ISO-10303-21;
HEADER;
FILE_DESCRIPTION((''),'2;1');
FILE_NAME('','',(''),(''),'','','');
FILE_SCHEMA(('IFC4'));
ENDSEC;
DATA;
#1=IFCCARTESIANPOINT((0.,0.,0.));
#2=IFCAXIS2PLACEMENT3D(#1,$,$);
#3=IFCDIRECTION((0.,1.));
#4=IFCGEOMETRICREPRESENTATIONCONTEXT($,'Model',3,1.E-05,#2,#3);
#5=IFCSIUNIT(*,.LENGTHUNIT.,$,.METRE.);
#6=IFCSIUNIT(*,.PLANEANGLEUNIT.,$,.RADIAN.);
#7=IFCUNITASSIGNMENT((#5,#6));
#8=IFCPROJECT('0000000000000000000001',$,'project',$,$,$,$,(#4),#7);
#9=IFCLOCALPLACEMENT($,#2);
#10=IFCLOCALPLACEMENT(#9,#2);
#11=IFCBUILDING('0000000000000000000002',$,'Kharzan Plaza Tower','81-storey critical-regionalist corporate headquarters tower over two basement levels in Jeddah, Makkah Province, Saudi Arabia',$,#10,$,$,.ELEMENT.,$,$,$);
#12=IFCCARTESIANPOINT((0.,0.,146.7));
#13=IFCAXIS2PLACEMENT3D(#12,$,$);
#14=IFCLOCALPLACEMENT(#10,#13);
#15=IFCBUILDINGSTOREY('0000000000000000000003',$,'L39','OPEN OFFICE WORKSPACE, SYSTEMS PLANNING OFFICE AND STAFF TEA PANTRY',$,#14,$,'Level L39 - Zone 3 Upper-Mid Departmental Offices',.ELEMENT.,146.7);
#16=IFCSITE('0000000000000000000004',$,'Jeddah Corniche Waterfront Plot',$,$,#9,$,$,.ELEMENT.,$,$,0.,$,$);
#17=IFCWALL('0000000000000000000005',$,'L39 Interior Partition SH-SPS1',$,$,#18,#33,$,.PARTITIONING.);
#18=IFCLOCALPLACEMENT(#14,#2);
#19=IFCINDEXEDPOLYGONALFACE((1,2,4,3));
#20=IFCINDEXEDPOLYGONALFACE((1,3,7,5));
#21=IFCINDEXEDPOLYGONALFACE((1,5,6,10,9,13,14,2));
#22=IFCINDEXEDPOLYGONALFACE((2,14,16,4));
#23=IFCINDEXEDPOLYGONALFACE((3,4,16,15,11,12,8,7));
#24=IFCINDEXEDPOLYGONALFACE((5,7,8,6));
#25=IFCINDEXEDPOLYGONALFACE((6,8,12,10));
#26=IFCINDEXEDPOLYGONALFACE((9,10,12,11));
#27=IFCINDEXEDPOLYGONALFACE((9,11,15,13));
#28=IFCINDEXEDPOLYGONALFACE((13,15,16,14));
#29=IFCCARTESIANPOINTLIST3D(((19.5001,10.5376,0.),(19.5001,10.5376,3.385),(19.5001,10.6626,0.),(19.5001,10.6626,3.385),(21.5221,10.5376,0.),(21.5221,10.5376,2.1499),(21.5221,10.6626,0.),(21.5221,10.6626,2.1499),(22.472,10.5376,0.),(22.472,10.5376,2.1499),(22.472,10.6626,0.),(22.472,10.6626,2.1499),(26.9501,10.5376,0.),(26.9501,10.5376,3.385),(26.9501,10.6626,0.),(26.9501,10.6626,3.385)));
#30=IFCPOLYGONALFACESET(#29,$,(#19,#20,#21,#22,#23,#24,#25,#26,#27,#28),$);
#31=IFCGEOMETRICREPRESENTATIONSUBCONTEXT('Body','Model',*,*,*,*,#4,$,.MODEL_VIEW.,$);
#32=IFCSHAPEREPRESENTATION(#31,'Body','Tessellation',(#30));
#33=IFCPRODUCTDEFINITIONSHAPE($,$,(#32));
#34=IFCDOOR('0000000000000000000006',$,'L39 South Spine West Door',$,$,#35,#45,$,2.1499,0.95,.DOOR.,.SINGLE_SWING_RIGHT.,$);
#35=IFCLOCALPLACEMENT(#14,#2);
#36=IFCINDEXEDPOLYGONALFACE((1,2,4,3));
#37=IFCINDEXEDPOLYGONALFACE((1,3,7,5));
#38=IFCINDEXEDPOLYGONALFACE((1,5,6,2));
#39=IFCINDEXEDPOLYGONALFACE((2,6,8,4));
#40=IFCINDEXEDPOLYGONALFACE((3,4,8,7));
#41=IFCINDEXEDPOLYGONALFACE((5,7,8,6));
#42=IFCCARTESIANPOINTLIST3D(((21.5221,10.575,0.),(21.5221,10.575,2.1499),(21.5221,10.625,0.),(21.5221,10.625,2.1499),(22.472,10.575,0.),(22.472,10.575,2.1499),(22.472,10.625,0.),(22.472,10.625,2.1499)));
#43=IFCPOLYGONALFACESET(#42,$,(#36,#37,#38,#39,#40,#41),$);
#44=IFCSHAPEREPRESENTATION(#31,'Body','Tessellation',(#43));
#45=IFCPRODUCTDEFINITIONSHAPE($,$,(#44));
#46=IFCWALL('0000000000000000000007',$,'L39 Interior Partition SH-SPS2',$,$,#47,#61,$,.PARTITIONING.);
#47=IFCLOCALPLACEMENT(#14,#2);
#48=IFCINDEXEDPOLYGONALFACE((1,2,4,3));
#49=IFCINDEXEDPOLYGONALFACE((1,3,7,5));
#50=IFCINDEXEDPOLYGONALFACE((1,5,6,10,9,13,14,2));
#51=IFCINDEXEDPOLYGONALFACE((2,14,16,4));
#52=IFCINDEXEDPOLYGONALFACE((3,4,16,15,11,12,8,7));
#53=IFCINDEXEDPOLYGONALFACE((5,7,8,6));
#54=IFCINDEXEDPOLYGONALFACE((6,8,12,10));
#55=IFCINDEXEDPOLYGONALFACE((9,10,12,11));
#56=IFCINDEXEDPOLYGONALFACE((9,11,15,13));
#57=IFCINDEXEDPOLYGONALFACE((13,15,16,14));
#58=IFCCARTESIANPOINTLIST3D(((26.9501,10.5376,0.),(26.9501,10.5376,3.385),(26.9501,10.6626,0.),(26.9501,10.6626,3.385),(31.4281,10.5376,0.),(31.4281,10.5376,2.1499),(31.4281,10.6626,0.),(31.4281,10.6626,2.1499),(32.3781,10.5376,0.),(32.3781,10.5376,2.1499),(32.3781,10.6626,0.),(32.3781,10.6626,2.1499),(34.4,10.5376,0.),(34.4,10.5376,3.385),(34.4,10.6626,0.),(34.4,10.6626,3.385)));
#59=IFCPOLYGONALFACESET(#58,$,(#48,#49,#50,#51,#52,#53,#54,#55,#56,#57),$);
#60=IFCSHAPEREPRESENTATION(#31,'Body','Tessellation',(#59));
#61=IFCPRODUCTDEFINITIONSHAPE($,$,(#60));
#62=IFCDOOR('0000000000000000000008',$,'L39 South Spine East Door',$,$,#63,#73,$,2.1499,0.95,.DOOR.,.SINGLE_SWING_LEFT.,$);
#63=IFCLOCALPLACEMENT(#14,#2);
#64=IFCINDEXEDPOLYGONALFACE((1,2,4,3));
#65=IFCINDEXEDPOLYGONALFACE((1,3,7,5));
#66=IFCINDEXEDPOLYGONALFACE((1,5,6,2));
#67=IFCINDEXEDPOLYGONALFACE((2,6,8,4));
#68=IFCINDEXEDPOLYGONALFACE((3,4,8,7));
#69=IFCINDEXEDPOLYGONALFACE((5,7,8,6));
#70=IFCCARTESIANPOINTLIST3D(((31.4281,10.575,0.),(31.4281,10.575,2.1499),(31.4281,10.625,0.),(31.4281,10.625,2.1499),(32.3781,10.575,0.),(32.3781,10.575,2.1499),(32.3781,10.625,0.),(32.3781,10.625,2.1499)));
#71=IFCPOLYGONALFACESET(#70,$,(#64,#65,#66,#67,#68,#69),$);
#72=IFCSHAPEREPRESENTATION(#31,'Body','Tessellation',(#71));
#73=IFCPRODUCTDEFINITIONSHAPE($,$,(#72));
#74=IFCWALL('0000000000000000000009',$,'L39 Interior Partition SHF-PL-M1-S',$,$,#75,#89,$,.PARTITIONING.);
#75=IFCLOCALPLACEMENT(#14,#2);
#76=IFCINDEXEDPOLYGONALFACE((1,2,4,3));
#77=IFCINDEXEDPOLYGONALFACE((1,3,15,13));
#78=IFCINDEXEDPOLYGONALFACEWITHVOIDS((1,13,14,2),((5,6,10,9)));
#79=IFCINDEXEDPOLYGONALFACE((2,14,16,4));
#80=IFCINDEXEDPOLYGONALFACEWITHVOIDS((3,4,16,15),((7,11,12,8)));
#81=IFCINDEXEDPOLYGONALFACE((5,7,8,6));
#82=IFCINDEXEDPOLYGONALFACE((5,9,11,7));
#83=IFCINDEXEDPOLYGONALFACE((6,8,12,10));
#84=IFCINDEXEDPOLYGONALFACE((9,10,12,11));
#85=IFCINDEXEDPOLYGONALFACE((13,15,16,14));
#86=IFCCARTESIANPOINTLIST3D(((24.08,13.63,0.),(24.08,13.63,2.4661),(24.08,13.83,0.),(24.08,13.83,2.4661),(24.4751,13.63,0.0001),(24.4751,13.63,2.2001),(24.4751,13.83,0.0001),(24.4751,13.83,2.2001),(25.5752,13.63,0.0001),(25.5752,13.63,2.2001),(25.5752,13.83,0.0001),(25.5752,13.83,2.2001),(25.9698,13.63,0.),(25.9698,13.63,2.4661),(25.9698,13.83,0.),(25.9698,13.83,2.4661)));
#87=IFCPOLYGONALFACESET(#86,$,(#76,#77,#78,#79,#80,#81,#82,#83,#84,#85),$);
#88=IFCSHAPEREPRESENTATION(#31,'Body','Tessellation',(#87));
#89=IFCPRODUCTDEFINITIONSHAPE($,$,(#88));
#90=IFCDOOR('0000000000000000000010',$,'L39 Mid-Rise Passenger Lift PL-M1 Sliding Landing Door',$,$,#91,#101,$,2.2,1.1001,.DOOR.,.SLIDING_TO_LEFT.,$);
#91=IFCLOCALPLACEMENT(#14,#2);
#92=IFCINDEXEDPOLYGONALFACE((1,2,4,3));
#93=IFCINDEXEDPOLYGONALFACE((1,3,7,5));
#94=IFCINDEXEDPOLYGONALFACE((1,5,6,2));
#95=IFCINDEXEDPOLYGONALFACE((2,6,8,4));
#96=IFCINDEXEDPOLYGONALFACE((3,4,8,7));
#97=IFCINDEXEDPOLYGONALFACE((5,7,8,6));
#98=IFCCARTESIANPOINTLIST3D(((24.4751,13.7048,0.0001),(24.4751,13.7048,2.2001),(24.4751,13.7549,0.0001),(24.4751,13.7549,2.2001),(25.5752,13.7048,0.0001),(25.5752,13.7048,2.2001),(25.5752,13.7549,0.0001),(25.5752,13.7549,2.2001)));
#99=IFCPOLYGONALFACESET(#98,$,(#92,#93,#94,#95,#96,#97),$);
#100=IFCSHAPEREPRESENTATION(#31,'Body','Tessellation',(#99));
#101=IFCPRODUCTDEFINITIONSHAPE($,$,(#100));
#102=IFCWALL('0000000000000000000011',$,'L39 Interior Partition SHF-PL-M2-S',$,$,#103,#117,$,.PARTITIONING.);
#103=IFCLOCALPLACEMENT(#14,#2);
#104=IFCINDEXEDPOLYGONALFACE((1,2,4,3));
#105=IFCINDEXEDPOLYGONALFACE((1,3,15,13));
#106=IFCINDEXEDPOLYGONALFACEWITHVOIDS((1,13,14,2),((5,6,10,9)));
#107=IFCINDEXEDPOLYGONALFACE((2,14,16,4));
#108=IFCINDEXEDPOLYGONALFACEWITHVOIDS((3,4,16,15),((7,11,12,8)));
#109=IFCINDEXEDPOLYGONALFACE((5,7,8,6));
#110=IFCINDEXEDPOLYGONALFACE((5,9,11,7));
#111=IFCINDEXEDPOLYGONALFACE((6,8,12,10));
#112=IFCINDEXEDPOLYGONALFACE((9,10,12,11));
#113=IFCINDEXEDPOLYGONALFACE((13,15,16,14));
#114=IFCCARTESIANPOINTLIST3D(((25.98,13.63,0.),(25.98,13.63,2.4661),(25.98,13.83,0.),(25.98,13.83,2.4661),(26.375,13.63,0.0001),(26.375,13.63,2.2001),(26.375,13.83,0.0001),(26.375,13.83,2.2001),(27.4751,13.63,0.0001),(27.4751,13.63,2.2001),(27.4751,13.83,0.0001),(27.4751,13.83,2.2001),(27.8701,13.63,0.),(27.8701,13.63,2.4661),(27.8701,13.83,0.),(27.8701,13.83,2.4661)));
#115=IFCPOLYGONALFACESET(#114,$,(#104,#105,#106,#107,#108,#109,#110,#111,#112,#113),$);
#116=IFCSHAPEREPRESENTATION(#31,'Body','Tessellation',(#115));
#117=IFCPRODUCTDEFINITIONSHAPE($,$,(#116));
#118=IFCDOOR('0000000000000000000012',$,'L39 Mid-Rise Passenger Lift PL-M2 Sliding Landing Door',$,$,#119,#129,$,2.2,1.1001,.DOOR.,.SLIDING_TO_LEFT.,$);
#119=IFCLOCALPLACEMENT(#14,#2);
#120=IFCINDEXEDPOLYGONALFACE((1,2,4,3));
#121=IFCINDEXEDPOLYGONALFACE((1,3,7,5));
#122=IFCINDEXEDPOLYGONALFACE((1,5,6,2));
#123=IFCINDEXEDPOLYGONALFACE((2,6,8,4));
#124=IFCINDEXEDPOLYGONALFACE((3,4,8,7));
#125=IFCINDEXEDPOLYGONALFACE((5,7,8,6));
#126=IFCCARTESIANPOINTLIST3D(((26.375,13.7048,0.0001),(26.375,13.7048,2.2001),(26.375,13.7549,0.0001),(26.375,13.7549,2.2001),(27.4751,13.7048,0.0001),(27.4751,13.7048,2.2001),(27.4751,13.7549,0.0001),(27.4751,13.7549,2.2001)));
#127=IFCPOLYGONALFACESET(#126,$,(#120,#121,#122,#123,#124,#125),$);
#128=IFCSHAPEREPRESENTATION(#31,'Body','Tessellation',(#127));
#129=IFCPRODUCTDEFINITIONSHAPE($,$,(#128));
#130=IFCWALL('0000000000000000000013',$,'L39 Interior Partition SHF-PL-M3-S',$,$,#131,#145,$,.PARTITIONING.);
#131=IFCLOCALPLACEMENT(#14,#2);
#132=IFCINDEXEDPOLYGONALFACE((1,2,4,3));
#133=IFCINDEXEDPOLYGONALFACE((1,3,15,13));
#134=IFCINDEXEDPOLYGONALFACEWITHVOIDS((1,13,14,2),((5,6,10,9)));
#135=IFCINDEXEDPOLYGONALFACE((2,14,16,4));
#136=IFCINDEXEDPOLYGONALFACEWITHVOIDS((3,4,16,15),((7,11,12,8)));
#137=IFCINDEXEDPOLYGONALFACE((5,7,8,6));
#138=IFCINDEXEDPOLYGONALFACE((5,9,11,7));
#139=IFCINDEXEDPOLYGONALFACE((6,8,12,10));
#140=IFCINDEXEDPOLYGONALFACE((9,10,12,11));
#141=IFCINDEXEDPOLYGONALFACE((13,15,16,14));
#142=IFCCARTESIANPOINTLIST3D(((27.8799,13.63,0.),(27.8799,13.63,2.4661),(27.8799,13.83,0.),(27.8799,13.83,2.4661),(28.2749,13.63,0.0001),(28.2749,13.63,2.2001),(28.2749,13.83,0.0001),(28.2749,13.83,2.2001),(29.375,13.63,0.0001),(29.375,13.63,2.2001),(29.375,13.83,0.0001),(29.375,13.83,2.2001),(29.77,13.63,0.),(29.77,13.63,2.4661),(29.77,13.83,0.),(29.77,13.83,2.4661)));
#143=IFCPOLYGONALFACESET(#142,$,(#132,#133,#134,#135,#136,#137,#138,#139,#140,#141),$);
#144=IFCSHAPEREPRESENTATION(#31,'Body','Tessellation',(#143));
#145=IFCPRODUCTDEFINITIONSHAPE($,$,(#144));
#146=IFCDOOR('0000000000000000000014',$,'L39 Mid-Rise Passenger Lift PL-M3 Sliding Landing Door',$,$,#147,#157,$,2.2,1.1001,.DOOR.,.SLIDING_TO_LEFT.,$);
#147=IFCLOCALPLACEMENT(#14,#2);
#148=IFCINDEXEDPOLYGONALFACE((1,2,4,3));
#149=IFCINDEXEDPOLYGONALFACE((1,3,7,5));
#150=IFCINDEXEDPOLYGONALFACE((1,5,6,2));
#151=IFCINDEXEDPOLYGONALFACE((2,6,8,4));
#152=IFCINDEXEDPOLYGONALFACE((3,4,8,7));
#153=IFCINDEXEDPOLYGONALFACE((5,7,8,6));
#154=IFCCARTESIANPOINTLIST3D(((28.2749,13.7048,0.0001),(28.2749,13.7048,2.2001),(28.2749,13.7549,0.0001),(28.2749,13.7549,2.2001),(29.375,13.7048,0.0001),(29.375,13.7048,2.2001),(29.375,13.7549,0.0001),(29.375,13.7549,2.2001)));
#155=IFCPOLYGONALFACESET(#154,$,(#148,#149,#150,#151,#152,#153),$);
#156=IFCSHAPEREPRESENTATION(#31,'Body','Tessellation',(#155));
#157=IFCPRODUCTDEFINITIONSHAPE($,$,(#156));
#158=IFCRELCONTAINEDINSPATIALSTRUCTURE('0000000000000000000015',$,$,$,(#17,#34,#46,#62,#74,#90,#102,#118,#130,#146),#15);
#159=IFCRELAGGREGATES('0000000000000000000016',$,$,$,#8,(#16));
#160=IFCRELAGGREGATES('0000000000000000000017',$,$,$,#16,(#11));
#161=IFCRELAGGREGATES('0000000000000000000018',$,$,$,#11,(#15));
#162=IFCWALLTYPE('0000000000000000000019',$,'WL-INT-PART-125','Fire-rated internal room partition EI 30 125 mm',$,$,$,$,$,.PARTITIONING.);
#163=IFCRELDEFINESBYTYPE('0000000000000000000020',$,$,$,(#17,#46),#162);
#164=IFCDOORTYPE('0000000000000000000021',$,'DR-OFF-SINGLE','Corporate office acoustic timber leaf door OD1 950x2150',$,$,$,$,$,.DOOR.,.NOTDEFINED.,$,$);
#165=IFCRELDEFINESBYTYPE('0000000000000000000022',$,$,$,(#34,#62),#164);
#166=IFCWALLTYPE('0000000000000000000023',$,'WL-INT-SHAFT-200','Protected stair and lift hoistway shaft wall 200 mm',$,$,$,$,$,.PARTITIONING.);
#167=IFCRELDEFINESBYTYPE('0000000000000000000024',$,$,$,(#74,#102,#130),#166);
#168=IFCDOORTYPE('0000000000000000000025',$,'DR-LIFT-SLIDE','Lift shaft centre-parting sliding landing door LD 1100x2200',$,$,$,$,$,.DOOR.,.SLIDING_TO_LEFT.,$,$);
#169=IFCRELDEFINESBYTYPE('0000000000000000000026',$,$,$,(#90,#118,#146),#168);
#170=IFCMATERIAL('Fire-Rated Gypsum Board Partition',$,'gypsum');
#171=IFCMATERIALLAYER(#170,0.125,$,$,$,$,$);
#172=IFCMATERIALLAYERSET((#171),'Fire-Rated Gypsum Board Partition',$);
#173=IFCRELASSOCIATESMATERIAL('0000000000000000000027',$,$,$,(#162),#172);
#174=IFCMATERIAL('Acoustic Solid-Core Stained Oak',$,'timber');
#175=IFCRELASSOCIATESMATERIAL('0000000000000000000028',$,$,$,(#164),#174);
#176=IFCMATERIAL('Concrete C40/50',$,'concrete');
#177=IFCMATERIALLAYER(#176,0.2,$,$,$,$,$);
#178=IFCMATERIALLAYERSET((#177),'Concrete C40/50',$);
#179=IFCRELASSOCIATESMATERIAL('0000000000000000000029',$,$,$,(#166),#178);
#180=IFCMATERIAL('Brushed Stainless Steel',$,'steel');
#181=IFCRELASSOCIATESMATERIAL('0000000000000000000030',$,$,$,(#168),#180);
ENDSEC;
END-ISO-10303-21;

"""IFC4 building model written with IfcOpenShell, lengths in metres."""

from ifc_helpers import new_model, si_unit, direction, frame, frame_2d, origin, place, context, subcontext, project, spatial, rectangle, extrude, source, transform, mapped, material, layer, layer_set, type_object, element, fill, save


model = new_model("IFC4")

# Units and contexts
model_context = context("Model", 3, precision=1e-05, world=origin(), true_north=direction((0.0, 1.0)))
body_context = subcontext(model_context, "Body", "Model", "MODEL_VIEW")
ifc_project = project(units=[si_unit("LENGTHUNIT", "METRE"), si_unit("PLANEANGLEUNIT", "RADIAN")], contexts=[model_context])

# Site, building, storey
site_placement = place(None, origin())
site = spatial("IfcSite", under=ifc_project, at=site_placement, Name="Jeddah Corniche Waterfront Plot", CompositionType="ELEMENT", RefElevation=0.0)
building_placement = place(site_placement, origin())
building = spatial("IfcBuilding", under=site, at=building_placement, Name="Kharzan Plaza Tower", Description="81-storey critical-regionalist corporate headquarters tower over two basement levels in Jeddah, Makkah Province, Saudi Arabia", CompositionType="ELEMENT")
storey_placement = place(building_placement, frame((0.0, 0.0, 146.7)))
storey = spatial("IfcBuildingStorey", under=building, at=storey_placement, Name="L39", Description="OPEN OFFICE WORKSPACE, SYSTEMS PLANNING OFFICE AND STAFF TEA PANTRY", LongName="Level L39 - Zone 3 Upper-Mid Departmental Offices", CompositionType="ELEMENT", Elevation=146.7)

# Walls, openings, doors
ifc_material_1 = material(Name="Fire-Rated Gypsum Board Partition", Category="gypsum")
ifc_layer_1 = layer(ifc_material_1, 0.125)
ifc_layer_set_1 = layer_set([ifc_layer_1], Name="Fire-Rated Gypsum Board Partition")
wall_type_1 = type_object("IfcWallType", Name="WL-INT-PART-125", Description="Fire-rated internal room partition EI 30 125 mm", PredefinedType="PARTITIONING", material=ifc_layer_set_1)
ifc_material_2 = material(Name="Acoustic Solid-Core Stained Oak", Category="timber")
door_type_1 = type_object("IfcDoorType", Name="DR-OFF-SINGLE", Description="Corporate office acoustic timber leaf door OD1 950x2150", OperationType="NOTDEFINED", PredefinedType="DOOR", material=ifc_material_2)
shared_shape_1 = source(origin(), body_context, "Body", "SweptSolid", [
    extrude(rectangle(XDim=0.95, YDim=2.1499, at=frame_2d((0.4751, 1.075))), frame((0.0, 0.0249, 0.0), z_axis=(0.0, -1.0, 0.0), x_axis=(1.0, 0.0, 0.0)), (0.0, 0.0, 1.0), 0.05),
])
wall_1_placement = place(storey_placement, frame((19.5, 10.6001, 0.0), z_axis=(0.0, 0.0, 1.0), x_axis=(1.0, 0.0, 0.0)))
wall_1 = element("IfcWall", 1, at=wall_1_placement, inside=storey, type_object=wall_type_1, Name="L39 Interior Partition SH-SPS1", PredefinedType="PARTITIONING", context=body_context, shape_type="SweptSolid", body=[
    extrude(rectangle(XDim=7.45, YDim=0.125, at=frame_2d((3.7251, 0.0))), origin(), (0.0, 0.0, 1.0), 3.385),
])
opening_1_placement = place(wall_1_placement, frame((2.022, 0.0, 0.0)))
opening_1 = element("IfcOpeningElement", 2, at=opening_1_placement, cuts=wall_1, PredefinedType="OPENING", context=body_context, shape_type="SweptSolid", body=[
    extrude(rectangle(XDim=0.95, YDim=2.1499, at=frame_2d((0.4751, 1.075))), frame((0.0, 0.0725, 0.0), z_axis=(0.0, -1.0, 0.0), x_axis=(1.0, 0.0, 0.0)), (0.0, 0.0, 1.0), 0.145),
])
door_1_placement = place(opening_1_placement, origin())
door_1 = element("IfcDoor", 3, at=door_1_placement, inside=storey, type_object=door_type_1, Name="L39 South Spine West Door", OperationType="SINGLE_SWING_RIGHT", OverallHeight=2.1499, OverallWidth=0.95, PredefinedType="DOOR", context=body_context, shape_type="MappedRepresentation", body=[
    mapped(shared_shape_1, transform((0.0, 0.0, 0.0), x_axis=(1.0, 0.0, 0.0), y_axis=(0.0, 1.0, 0.0), z_axis=(0.0, 0.0, 1.0))),
])
fill(opening_1, door_1)
wall_2_placement = place(storey_placement, frame((26.95, 10.6001, 0.0), z_axis=(0.0, 0.0, 1.0), x_axis=(1.0, 0.0, 0.0)))
wall_2 = element("IfcWall", 4, at=wall_2_placement, inside=storey, type_object=wall_type_1, Name="L39 Interior Partition SH-SPS2", PredefinedType="PARTITIONING", context=body_context, shape_type="SweptSolid", body=[
    extrude(rectangle(XDim=7.45, YDim=0.125, at=frame_2d((3.7251, 0.0))), origin(), (0.0, 0.0, 1.0), 3.385),
])
opening_2_placement = place(wall_2_placement, frame((4.478, 0.0, 0.0)))
opening_2 = element("IfcOpeningElement", 5, at=opening_2_placement, cuts=wall_2, PredefinedType="OPENING", context=body_context, shape_type="SweptSolid", body=[
    extrude(rectangle(XDim=0.95, YDim=2.1499, at=frame_2d((0.4751, 1.075))), frame((0.0, 0.0725, 0.0), z_axis=(0.0, -1.0, 0.0), x_axis=(1.0, 0.0, 0.0)), (0.0, 0.0, 1.0), 0.145),
])
door_2_placement = place(opening_2_placement, origin())
door_2 = element("IfcDoor", 6, at=door_2_placement, inside=storey, type_object=door_type_1, Name="L39 South Spine East Door", OperationType="SINGLE_SWING_LEFT", OverallHeight=2.1499, OverallWidth=0.95, PredefinedType="DOOR", context=body_context, shape_type="MappedRepresentation", body=[
    mapped(shared_shape_1, transform((0.0, 0.0, 0.0), x_axis=(1.0, 0.0, 0.0), y_axis=(0.0, 1.0, 0.0), z_axis=(0.0, 0.0, 1.0))),
])
fill(opening_2, door_2)
ifc_material_3 = material(Name="Concrete C40/50", Category="concrete")
ifc_layer_2 = layer(ifc_material_3, 0.2)
ifc_layer_set_2 = layer_set([ifc_layer_2], Name="Concrete C40/50")
wall_type_2 = type_object("IfcWallType", Name="WL-INT-SHAFT-200", Description="Protected stair and lift hoistway shaft wall 200 mm", PredefinedType="PARTITIONING", material=ifc_layer_set_2)
wall_3_placement = place(storey_placement, frame((24.0801, 13.73, 0.0), z_axis=(0.0, 0.0, 1.0), x_axis=(1.0, 0.0, 0.0)))
wall_3 = element("IfcWall", 7, at=wall_3_placement, inside=storey, type_object=wall_type_2, Name="L39 Interior Partition SHF-PL-M1-S", PredefinedType="PARTITIONING", context=body_context, shape_type="SweptSolid", body=[
    extrude(rectangle(XDim=1.8899, YDim=0.2, at=frame_2d((0.9448, 0.0))), origin(), (0.0, 0.0, 1.0), 2.4661),
])
opening_3_placement = place(wall_3_placement, frame((0.395, 0.0, 0.0)))
opening_3 = element("IfcOpeningElement", 8, at=opening_3_placement, cuts=wall_3, PredefinedType="OPENING", context=body_context, shape_type="SweptSolid", body=[
    extrude(rectangle(XDim=1.1001, YDim=2.2, at=frame_2d((0.55, 1.1001))), frame((0.0, 0.1099, 0.0), z_axis=(0.0, -1.0, 0.0), x_axis=(1.0, 0.0, 0.0)), (0.0, 0.0, 1.0), 0.22),
])
ifc_material_4 = material(Name="Brushed Stainless Steel", Category="steel")
door_type_2 = type_object("IfcDoorType", Name="DR-LIFT-SLIDE", Description="Lift shaft centre-parting sliding landing door LD 1100x2200", OperationType="SLIDING_TO_LEFT", PredefinedType="DOOR", material=ifc_material_4)
shared_shape_2 = source(origin(), body_context, "Body", "SweptSolid", [
    extrude(rectangle(XDim=1.1001, YDim=2.2, at=frame_2d((0.55, 1.1001))), frame((0.0, 0.0249, 0.0), z_axis=(0.0, -1.0, 0.0), x_axis=(1.0, 0.0, 0.0)), (0.0, 0.0, 1.0), 0.05),
])
door_3_placement = place(opening_3_placement, origin())
door_3 = element("IfcDoor", 9, at=door_3_placement, inside=storey, type_object=door_type_2, Name="L39 Mid-Rise Passenger Lift PL-M1 Sliding Landing Door", OperationType="SLIDING_TO_LEFT", OverallHeight=2.2, OverallWidth=1.1001, PredefinedType="DOOR", context=body_context, shape_type="MappedRepresentation", body=[
    mapped(shared_shape_2, transform((0.0, 0.0, 0.0), x_axis=(1.0, 0.0, 0.0), y_axis=(0.0, 1.0, 0.0), z_axis=(0.0, 0.0, 1.0))),
])
fill(opening_3, door_3)
wall_4_placement = place(storey_placement, frame((25.98, 13.73, 0.0), z_axis=(0.0, 0.0, 1.0), x_axis=(1.0, 0.0, 0.0)))
wall_4 = element("IfcWall", 10, at=wall_4_placement, inside=storey, type_object=wall_type_2, Name="L39 Interior Partition SHF-PL-M2-S", PredefinedType="PARTITIONING", context=body_context, shape_type="SweptSolid", body=[
    extrude(rectangle(XDim=1.8901, YDim=0.2, at=frame_2d((0.9451, 0.0))), origin(), (0.0, 0.0, 1.0), 2.4661),
])
opening_4_placement = place(wall_4_placement, frame((0.395, 0.0, 0.0)))
opening_4 = element("IfcOpeningElement", 11, at=opening_4_placement, cuts=wall_4, PredefinedType="OPENING", context=body_context, shape_type="SweptSolid", body=[
    extrude(rectangle(XDim=1.1001, YDim=2.2, at=frame_2d((0.55, 1.1001))), frame((0.0, 0.1099, 0.0), z_axis=(0.0, -1.0, 0.0), x_axis=(1.0, 0.0, 0.0)), (0.0, 0.0, 1.0), 0.22),
])
door_4_placement = place(opening_4_placement, origin())
door_4 = element("IfcDoor", 12, at=door_4_placement, inside=storey, type_object=door_type_2, Name="L39 Mid-Rise Passenger Lift PL-M2 Sliding Landing Door", OperationType="SLIDING_TO_LEFT", OverallHeight=2.2, OverallWidth=1.1001, PredefinedType="DOOR", context=body_context, shape_type="MappedRepresentation", body=[
    mapped(shared_shape_2, transform((0.0, 0.0, 0.0), x_axis=(1.0, 0.0, 0.0), y_axis=(0.0, 1.0, 0.0), z_axis=(0.0, 0.0, 1.0))),
])
fill(opening_4, door_4)
wall_5_placement = place(storey_placement, frame((27.8799, 13.73, 0.0), z_axis=(0.0, 0.0, 1.0), x_axis=(1.0, 0.0, 0.0)))
wall_5 = element("IfcWall", 13, at=wall_5_placement, inside=storey, type_object=wall_type_2, Name="L39 Interior Partition SHF-PL-M3-S", PredefinedType="PARTITIONING", context=body_context, shape_type="SweptSolid", body=[
    extrude(rectangle(XDim=1.8901, YDim=0.2, at=frame_2d((0.9451, 0.0))), origin(), (0.0, 0.0, 1.0), 2.4661),
])
opening_5_placement = place(wall_5_placement, frame((0.395, 0.0, 0.0)))
opening_5 = element("IfcOpeningElement", 14, at=opening_5_placement, cuts=wall_5, PredefinedType="OPENING", context=body_context, shape_type="SweptSolid", body=[
    extrude(rectangle(XDim=1.1001, YDim=2.2, at=frame_2d((0.55, 1.1001))), frame((0.0, 0.1099, 0.0), z_axis=(0.0, -1.0, 0.0), x_axis=(1.0, 0.0, 0.0)), (0.0, 0.0, 1.0), 0.22),
])
door_5_placement = place(opening_5_placement, origin())
door_5 = element("IfcDoor", 15, at=door_5_placement, inside=storey, type_object=door_type_2, Name="L39 Mid-Rise Passenger Lift PL-M3 Sliding Landing Door", OperationType="SLIDING_TO_LEFT", OverallHeight=2.2, OverallWidth=1.1001, PredefinedType="DOOR", context=body_context, shape_type="MappedRepresentation", body=[
    mapped(shared_shape_2, transform((0.0, 0.0, 0.0), x_axis=(1.0, 0.0, 0.0), y_axis=(0.0, 1.0, 0.0), z_axis=(0.0, 0.0, 1.0))),
])
fill(opening_5, door_5)

save(model, "model.ifc")
